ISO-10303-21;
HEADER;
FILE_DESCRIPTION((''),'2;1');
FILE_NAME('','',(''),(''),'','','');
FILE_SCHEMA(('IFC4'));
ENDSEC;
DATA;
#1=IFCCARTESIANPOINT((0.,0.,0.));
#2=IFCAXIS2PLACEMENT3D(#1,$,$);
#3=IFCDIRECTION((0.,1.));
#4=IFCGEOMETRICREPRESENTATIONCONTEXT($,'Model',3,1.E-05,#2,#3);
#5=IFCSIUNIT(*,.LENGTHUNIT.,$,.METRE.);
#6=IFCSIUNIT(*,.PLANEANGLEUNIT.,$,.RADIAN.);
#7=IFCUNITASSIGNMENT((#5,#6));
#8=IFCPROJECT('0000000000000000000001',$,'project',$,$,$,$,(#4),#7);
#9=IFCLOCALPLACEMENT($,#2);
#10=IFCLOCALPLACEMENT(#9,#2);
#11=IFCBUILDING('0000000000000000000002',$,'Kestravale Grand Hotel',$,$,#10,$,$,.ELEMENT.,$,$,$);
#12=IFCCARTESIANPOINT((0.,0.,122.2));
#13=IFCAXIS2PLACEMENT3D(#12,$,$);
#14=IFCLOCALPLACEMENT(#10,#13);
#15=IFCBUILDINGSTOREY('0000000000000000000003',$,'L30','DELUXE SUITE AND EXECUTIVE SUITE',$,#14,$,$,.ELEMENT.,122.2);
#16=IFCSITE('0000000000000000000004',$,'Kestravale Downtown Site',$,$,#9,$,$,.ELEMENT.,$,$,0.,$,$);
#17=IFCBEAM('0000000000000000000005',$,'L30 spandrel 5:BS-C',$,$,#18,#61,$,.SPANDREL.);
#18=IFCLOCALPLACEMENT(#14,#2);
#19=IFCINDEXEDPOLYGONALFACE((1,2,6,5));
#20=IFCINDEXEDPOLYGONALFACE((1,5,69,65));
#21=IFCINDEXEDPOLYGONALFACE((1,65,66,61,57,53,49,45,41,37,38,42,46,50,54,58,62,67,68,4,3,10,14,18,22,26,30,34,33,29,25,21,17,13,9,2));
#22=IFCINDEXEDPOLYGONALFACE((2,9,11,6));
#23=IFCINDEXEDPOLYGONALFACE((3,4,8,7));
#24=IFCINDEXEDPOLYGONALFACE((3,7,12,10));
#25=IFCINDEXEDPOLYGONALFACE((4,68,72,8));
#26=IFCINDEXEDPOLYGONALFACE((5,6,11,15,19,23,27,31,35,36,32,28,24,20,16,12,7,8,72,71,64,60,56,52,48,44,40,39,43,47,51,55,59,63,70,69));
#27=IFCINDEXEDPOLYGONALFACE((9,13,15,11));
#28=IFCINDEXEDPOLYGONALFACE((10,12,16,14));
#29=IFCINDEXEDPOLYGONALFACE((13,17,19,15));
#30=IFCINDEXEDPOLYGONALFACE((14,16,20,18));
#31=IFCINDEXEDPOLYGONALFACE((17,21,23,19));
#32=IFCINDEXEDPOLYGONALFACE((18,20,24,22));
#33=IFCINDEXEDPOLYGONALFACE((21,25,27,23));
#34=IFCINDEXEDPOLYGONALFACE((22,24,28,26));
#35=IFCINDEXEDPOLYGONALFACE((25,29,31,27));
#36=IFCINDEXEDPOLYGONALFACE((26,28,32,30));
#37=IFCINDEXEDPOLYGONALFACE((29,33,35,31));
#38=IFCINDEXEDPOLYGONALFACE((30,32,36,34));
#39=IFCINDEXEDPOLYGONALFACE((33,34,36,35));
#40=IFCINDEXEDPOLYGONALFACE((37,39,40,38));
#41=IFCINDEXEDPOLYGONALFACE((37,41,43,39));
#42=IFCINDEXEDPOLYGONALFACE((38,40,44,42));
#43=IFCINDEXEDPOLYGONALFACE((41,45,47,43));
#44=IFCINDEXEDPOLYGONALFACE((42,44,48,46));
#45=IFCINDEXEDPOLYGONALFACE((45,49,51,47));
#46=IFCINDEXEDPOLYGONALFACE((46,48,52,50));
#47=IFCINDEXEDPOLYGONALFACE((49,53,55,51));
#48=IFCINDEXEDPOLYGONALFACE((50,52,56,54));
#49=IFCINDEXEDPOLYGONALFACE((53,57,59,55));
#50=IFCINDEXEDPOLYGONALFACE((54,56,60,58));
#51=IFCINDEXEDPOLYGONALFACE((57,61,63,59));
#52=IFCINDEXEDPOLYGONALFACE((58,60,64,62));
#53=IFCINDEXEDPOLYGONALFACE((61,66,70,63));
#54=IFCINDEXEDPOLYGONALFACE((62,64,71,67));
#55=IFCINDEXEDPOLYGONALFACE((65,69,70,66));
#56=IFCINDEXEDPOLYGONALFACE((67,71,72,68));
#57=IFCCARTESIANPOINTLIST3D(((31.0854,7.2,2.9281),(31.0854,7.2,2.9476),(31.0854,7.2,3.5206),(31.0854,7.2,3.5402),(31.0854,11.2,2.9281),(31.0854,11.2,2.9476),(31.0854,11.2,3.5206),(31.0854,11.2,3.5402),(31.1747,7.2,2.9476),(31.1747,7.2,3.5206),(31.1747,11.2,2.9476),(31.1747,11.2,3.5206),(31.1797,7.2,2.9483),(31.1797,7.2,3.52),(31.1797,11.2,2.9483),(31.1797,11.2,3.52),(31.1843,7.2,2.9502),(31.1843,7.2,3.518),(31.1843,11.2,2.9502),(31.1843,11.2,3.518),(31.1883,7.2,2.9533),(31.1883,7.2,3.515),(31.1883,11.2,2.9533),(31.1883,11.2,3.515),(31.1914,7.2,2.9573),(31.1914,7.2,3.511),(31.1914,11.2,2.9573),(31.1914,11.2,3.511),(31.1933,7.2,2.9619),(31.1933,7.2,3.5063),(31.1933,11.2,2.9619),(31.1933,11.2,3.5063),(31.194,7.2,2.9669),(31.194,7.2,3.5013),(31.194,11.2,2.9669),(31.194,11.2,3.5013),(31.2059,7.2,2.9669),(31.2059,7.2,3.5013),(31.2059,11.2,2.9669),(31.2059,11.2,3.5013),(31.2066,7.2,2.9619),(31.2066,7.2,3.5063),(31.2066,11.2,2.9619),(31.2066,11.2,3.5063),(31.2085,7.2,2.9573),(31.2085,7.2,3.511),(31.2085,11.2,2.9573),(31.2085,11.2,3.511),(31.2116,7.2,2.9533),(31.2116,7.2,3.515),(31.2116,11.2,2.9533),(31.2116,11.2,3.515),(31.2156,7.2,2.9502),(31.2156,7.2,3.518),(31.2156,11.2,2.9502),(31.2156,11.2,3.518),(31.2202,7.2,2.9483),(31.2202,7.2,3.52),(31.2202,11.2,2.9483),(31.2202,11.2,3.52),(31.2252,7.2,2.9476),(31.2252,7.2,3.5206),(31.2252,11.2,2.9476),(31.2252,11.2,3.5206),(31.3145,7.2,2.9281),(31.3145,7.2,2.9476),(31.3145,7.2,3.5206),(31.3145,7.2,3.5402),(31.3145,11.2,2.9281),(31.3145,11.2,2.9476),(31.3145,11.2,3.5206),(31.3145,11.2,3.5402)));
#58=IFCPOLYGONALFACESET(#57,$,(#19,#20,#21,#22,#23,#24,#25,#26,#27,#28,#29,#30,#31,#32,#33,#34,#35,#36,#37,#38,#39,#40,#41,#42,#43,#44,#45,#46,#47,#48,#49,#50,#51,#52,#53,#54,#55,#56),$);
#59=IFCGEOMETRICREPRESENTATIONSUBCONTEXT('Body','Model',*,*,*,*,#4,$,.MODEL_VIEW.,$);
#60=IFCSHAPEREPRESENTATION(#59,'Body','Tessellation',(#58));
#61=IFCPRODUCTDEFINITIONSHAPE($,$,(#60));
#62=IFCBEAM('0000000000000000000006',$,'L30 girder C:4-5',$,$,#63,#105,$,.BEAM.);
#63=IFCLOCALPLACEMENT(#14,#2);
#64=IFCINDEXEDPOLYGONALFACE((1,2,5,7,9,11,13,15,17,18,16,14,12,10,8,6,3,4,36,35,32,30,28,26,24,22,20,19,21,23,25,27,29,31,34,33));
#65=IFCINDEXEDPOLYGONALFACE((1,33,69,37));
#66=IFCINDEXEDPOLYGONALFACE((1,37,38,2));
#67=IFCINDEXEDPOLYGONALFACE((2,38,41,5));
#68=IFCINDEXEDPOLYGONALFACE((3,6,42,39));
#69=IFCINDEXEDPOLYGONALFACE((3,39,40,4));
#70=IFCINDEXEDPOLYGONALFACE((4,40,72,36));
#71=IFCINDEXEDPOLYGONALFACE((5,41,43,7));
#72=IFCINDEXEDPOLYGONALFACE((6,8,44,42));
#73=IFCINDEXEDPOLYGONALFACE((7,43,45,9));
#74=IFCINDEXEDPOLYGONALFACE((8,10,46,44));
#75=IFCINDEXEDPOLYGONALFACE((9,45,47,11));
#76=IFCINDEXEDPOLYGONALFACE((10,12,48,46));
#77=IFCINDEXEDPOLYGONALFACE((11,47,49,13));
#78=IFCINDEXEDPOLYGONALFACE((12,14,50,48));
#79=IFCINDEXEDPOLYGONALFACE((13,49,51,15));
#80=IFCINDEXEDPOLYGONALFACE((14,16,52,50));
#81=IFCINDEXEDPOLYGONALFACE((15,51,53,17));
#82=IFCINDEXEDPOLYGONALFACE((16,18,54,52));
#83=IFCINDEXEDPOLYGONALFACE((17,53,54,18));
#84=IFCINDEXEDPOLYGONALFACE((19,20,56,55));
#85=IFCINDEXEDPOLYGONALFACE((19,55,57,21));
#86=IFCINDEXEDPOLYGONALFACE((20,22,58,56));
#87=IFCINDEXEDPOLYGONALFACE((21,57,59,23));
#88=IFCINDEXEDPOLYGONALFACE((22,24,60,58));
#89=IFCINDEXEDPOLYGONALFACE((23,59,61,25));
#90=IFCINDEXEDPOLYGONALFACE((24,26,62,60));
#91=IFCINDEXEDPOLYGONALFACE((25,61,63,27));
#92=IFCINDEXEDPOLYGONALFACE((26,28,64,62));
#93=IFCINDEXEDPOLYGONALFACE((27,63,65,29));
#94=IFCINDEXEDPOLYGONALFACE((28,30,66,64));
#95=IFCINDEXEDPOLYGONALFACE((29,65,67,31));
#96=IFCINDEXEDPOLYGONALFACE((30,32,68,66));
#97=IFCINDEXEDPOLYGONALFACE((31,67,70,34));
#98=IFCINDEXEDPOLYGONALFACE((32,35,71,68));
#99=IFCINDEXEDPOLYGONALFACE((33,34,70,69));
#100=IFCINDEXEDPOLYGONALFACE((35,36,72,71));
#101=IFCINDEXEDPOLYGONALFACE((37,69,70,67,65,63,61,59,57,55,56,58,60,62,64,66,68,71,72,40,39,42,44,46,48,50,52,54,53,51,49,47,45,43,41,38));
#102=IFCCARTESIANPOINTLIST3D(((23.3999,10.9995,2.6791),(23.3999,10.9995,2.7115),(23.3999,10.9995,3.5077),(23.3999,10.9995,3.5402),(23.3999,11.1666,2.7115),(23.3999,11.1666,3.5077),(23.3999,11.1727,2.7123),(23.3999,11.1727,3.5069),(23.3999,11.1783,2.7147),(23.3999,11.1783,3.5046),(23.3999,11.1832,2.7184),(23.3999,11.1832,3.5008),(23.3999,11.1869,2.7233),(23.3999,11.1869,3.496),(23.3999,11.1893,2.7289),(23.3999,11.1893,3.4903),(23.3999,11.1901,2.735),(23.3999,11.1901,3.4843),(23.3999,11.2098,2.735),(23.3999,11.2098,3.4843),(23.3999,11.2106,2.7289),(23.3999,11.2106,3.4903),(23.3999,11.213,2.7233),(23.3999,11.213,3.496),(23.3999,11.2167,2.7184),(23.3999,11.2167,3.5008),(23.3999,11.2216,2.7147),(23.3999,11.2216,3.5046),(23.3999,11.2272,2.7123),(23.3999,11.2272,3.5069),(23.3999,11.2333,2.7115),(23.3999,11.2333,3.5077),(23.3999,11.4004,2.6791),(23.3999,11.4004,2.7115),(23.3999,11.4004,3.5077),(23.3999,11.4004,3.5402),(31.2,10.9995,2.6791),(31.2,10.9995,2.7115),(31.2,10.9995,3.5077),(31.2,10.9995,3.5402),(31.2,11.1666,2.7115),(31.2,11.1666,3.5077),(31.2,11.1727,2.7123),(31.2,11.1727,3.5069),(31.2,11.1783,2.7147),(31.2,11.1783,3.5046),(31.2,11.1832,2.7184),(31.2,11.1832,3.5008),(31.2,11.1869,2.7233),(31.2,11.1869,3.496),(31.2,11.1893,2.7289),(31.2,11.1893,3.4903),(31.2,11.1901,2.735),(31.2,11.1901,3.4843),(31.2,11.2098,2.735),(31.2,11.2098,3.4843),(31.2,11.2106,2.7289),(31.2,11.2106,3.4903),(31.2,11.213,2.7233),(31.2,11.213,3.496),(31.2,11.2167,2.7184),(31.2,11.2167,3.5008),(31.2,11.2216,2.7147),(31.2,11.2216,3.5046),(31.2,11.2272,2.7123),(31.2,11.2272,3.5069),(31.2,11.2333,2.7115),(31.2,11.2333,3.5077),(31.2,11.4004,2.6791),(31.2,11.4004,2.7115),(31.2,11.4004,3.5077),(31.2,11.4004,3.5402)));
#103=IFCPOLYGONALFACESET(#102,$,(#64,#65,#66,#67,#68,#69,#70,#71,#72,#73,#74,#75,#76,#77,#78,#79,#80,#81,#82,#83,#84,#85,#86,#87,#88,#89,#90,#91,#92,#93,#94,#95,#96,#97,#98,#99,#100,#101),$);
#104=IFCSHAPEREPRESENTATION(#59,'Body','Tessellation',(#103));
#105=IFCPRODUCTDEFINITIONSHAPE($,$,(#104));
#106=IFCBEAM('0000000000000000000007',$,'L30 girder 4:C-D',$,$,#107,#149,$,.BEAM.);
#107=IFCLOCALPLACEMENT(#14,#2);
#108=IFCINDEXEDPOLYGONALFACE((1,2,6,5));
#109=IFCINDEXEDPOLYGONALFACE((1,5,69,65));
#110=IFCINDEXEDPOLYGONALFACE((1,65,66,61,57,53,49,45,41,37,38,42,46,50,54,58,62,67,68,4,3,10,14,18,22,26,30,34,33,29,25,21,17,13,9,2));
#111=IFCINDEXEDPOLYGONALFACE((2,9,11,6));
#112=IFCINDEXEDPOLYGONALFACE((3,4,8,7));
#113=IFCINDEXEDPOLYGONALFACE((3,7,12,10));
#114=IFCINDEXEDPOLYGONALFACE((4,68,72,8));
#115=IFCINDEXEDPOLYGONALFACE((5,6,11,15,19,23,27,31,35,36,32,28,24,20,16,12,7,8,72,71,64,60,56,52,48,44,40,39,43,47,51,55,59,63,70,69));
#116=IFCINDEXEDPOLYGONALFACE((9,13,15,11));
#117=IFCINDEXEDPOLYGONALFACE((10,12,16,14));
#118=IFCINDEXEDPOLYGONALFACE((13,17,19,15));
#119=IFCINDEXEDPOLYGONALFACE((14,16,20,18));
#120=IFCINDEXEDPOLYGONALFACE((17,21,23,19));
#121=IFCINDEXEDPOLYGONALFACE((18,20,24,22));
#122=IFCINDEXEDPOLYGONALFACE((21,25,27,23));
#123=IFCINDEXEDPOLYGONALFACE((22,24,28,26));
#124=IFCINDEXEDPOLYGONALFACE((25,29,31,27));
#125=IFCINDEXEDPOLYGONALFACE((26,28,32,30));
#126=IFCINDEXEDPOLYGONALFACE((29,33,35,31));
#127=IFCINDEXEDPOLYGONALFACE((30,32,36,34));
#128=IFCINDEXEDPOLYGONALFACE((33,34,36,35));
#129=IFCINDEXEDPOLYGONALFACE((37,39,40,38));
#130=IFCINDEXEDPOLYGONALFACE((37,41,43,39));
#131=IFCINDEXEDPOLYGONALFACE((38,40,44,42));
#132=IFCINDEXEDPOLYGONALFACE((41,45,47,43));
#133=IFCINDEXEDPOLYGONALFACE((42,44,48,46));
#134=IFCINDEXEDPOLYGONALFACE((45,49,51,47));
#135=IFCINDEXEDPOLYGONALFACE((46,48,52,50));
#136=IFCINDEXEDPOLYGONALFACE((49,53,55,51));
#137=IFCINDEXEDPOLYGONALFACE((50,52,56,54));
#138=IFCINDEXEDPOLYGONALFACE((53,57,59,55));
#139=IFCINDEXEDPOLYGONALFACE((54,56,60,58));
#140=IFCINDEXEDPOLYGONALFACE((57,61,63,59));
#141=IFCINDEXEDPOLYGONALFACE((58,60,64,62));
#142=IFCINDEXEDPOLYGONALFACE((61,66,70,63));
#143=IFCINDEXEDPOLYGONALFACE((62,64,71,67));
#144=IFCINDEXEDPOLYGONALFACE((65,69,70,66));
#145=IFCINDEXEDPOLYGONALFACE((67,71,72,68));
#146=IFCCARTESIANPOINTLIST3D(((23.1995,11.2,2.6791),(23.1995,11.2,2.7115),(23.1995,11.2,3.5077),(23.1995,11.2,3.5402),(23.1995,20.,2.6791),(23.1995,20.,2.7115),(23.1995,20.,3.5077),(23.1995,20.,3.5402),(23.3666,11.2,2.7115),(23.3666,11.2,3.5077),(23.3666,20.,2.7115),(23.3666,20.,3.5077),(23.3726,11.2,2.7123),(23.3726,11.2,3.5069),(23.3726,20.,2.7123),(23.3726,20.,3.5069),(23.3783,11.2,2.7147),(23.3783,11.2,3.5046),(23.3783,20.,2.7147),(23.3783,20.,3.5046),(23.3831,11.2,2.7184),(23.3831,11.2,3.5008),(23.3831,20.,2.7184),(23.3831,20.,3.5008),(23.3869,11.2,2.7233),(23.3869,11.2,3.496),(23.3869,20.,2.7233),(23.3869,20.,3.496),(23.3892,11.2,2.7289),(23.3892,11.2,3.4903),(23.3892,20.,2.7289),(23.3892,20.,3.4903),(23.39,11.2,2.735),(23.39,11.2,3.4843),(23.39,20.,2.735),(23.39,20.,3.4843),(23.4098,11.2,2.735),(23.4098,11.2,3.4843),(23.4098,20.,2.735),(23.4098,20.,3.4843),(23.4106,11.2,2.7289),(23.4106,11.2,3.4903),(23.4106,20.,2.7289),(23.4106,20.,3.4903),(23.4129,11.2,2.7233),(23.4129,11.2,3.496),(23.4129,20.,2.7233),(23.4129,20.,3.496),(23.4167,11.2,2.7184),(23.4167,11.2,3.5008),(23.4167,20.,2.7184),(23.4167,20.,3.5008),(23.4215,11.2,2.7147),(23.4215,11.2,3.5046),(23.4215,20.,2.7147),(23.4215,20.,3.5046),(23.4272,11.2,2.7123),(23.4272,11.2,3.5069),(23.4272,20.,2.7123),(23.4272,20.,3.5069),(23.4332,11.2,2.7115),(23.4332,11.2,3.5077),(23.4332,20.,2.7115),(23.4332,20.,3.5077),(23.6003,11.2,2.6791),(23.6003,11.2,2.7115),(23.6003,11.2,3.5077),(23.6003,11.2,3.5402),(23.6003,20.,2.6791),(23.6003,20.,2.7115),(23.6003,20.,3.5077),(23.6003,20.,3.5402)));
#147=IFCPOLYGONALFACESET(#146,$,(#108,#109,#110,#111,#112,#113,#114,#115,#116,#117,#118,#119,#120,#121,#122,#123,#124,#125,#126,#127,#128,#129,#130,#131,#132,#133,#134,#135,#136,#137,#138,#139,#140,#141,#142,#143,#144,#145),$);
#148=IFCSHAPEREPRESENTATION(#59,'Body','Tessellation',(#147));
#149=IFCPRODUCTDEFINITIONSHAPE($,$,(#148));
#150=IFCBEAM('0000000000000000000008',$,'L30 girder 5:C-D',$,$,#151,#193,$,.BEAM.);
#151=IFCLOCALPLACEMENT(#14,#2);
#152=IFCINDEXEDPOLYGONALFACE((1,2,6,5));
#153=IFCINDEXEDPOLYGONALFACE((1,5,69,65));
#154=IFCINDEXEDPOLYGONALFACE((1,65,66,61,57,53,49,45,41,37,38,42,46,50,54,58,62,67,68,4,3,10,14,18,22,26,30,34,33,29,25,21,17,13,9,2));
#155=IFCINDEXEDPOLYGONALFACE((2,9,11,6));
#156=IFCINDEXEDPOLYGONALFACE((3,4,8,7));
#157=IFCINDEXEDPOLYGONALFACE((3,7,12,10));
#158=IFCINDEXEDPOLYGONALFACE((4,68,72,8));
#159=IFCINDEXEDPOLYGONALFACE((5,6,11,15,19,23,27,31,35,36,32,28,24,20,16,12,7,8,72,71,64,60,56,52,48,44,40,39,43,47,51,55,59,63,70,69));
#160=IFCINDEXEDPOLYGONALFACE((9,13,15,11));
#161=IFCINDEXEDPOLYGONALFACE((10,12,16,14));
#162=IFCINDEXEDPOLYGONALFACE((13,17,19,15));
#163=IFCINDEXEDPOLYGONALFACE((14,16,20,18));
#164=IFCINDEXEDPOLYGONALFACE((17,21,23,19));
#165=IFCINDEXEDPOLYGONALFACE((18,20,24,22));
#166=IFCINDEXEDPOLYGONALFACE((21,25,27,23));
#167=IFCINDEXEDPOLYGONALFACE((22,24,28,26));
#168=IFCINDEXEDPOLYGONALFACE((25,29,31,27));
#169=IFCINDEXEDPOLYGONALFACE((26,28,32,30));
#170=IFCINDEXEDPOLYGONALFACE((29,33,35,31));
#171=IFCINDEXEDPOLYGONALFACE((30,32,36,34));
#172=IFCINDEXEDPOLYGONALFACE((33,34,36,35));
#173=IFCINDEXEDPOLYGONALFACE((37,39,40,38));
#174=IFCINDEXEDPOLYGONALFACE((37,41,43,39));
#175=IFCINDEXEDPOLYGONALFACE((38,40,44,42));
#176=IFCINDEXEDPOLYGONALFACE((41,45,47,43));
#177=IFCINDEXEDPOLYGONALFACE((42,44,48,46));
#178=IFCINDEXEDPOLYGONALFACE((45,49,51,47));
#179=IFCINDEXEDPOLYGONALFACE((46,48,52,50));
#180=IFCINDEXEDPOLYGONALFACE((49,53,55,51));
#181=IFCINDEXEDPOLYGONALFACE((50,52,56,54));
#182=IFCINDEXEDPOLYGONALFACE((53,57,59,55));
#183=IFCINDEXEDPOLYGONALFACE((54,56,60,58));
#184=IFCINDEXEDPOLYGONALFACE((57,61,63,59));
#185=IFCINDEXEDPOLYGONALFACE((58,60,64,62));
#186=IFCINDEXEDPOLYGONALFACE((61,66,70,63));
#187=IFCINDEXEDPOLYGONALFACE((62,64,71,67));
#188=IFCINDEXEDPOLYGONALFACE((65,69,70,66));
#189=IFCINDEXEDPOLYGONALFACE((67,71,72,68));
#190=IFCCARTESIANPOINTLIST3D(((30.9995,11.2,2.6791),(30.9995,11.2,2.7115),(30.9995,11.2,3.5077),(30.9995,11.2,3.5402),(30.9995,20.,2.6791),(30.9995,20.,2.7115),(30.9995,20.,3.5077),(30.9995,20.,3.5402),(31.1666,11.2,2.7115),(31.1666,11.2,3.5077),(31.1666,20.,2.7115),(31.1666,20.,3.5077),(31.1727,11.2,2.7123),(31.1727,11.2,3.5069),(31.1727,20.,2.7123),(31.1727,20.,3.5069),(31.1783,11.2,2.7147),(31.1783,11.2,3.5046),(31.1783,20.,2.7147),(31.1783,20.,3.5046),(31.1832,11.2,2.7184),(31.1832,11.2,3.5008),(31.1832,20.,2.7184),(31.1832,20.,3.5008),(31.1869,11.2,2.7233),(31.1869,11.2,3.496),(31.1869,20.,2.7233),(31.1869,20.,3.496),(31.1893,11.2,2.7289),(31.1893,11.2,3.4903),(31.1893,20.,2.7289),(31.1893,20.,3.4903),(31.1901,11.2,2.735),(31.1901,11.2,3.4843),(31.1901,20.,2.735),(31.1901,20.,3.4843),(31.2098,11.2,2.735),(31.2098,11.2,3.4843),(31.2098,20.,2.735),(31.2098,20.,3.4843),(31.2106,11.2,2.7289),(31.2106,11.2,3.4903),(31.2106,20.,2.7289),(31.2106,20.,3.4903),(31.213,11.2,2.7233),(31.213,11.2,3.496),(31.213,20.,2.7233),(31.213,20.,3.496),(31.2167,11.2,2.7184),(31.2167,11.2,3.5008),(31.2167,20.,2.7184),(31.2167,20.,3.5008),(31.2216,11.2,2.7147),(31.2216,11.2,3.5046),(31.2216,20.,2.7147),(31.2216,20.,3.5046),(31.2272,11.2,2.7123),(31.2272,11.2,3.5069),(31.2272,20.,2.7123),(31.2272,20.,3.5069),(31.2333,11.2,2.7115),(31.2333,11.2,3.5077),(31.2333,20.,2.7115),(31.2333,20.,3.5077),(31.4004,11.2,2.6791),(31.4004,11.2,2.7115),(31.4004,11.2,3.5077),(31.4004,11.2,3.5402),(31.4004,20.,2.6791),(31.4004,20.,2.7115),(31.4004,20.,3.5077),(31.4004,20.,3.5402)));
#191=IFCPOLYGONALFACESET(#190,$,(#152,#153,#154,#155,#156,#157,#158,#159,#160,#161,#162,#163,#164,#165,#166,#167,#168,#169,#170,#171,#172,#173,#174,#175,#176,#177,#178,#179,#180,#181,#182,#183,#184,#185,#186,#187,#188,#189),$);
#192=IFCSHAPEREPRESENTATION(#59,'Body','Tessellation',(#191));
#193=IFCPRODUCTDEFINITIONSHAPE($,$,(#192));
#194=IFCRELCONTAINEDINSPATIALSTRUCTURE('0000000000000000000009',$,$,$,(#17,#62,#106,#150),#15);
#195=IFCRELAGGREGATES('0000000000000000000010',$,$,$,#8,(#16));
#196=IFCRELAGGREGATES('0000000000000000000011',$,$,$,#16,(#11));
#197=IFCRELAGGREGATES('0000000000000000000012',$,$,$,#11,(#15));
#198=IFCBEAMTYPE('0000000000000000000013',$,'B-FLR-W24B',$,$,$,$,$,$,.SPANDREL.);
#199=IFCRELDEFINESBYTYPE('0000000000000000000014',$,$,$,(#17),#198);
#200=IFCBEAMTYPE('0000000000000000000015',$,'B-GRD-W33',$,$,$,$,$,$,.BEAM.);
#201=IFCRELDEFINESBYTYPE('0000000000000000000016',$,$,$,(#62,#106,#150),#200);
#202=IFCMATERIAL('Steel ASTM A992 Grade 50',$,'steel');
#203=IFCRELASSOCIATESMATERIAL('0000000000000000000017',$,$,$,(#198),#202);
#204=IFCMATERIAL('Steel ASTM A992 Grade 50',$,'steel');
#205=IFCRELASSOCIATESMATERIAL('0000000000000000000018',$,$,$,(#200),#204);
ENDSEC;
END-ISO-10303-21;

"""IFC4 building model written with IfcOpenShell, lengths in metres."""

from ifc_helpers import new_model, si_unit, direction, frame, origin, origin_2d, place, context, subcontext, project, spatial, i_section, extrude, material, material_profile, profile_set, type_object, element, save


model = new_model("IFC4")

# Units and contexts
model_context = context("Model", 3, precision=1e-05, world=origin(), true_north=direction((0.0, 1.0)))
body_context = subcontext(model_context, "Body", "Model", "MODEL_VIEW")
ifc_project = project(units=[si_unit("LENGTHUNIT", "METRE"), si_unit("PLANEANGLEUNIT", "RADIAN")], contexts=[model_context])

# Site, building, storey
site_placement = place(None, origin())
site = spatial("IfcSite", under=ifc_project, at=site_placement, Name="Kestravale Downtown Site", CompositionType="ELEMENT", RefElevation=0.0)
building_placement = place(site_placement, origin())
building = spatial("IfcBuilding", under=site, at=building_placement, Name="Kestravale Grand Hotel", CompositionType="ELEMENT")
storey_placement = place(building_placement, frame((0.0, 0.0, 122.2)))
storey = spatial("IfcBuildingStorey", under=building, at=storey_placement, Name="L30", Description="DELUXE SUITE AND EXECUTIVE SUITE", CompositionType="ELEMENT", Elevation=122.2)

# Beams
ifc_material_1 = material(Name="Steel ASTM A992 Grade 50", Category="steel")
ifc_material_profile_1 = material_profile(ifc_material_1, i_section(OverallWidth=0.229, OverallDepth=0.6121, WebThickness=0.012, FlangeThickness=0.0195, FilletRadius=0.0193, at=origin_2d()))
ifc_profile_set_1 = profile_set([ifc_material_profile_1], Name="Steel ASTM A992 Grade 50")
beam_type_1 = type_object("IfcBeamType", Name="B-FLR-W24B", PredefinedType="SPANDREL", material=ifc_profile_set_1)
beam_1_placement = place(storey_placement, frame((31.2, 7.2, 3.2341), z_axis=(0.0, 1.0, 0.0), x_axis=(-1.0, 0.0, 0.0)))
element("IfcBeam", 1, at=beam_1_placement, inside=storey, type_object=beam_type_1, Name="L30 spandrel 5:BS-C", PredefinedType="SPANDREL", context=body_context, shape_type="SweptSolid", body=[
    extrude(i_section(OverallWidth=0.229, OverallDepth=0.6121, WebThickness=0.012, FlangeThickness=0.0195, FilletRadius=0.0193, at=origin_2d()), origin(), (0.0, 0.0, 1.0), 4.0),
])
ifc_material_2 = material(Name="Steel ASTM A992 Grade 50", Category="steel")
ifc_material_profile_2 = material_profile(ifc_material_2, i_section(OverallWidth=0.4009, OverallDepth=0.8611, WebThickness=0.0198, FlangeThickness=0.0325, FilletRadius=0.0234, at=origin_2d()))
ifc_profile_set_2 = profile_set([ifc_material_profile_2], Name="Steel ASTM A992 Grade 50")
beam_type_2 = type_object("IfcBeamType", Name="B-GRD-W33", PredefinedType="BEAM", material=ifc_profile_set_2)
beam_2_placement = place(storey_placement, frame((23.3999, 11.2, 3.1096), z_axis=(1.0, 0.0, 0.0), x_axis=(0.0, 1.0, 0.0)))
element("IfcBeam", 2, at=beam_2_placement, inside=storey, type_object=beam_type_2, Name="L30 girder C:4-5", PredefinedType="BEAM", context=body_context, shape_type="SweptSolid", body=[
    extrude(i_section(OverallWidth=0.4009, OverallDepth=0.8611, WebThickness=0.0198, FlangeThickness=0.0325, FilletRadius=0.0234, at=origin_2d()), origin(), (0.0, 0.0, 1.0), 7.8),
])
for number, where, z_axis, x_axis, name in (
    (3, (23.3999, 11.2, 3.1096), (0.0, 1.0, 0.0), (-1.0, 0.0, 0.0), "L30 girder 4:C-D"),
    (4, (31.2, 11.2, 3.1096), (0.0, 1.0, 0.0), (-1.0, 0.0, 0.0), "L30 girder 5:C-D"),
):
    element("IfcBeam", number, at=place(storey_placement, frame(where, z_axis=z_axis, x_axis=x_axis)), inside=storey, type_object=beam_type_2, Name=name, PredefinedType="BEAM", context=body_context, shape_type="SweptSolid", body=[
        extrude(i_section(OverallWidth=0.4009, OverallDepth=0.8611, WebThickness=0.0198, FlangeThickness=0.0325, FilletRadius=0.0234, at=origin_2d()), origin(), (0.0, 0.0, 1.0), 8.8),
    ])

save(model, "model.ifc")
